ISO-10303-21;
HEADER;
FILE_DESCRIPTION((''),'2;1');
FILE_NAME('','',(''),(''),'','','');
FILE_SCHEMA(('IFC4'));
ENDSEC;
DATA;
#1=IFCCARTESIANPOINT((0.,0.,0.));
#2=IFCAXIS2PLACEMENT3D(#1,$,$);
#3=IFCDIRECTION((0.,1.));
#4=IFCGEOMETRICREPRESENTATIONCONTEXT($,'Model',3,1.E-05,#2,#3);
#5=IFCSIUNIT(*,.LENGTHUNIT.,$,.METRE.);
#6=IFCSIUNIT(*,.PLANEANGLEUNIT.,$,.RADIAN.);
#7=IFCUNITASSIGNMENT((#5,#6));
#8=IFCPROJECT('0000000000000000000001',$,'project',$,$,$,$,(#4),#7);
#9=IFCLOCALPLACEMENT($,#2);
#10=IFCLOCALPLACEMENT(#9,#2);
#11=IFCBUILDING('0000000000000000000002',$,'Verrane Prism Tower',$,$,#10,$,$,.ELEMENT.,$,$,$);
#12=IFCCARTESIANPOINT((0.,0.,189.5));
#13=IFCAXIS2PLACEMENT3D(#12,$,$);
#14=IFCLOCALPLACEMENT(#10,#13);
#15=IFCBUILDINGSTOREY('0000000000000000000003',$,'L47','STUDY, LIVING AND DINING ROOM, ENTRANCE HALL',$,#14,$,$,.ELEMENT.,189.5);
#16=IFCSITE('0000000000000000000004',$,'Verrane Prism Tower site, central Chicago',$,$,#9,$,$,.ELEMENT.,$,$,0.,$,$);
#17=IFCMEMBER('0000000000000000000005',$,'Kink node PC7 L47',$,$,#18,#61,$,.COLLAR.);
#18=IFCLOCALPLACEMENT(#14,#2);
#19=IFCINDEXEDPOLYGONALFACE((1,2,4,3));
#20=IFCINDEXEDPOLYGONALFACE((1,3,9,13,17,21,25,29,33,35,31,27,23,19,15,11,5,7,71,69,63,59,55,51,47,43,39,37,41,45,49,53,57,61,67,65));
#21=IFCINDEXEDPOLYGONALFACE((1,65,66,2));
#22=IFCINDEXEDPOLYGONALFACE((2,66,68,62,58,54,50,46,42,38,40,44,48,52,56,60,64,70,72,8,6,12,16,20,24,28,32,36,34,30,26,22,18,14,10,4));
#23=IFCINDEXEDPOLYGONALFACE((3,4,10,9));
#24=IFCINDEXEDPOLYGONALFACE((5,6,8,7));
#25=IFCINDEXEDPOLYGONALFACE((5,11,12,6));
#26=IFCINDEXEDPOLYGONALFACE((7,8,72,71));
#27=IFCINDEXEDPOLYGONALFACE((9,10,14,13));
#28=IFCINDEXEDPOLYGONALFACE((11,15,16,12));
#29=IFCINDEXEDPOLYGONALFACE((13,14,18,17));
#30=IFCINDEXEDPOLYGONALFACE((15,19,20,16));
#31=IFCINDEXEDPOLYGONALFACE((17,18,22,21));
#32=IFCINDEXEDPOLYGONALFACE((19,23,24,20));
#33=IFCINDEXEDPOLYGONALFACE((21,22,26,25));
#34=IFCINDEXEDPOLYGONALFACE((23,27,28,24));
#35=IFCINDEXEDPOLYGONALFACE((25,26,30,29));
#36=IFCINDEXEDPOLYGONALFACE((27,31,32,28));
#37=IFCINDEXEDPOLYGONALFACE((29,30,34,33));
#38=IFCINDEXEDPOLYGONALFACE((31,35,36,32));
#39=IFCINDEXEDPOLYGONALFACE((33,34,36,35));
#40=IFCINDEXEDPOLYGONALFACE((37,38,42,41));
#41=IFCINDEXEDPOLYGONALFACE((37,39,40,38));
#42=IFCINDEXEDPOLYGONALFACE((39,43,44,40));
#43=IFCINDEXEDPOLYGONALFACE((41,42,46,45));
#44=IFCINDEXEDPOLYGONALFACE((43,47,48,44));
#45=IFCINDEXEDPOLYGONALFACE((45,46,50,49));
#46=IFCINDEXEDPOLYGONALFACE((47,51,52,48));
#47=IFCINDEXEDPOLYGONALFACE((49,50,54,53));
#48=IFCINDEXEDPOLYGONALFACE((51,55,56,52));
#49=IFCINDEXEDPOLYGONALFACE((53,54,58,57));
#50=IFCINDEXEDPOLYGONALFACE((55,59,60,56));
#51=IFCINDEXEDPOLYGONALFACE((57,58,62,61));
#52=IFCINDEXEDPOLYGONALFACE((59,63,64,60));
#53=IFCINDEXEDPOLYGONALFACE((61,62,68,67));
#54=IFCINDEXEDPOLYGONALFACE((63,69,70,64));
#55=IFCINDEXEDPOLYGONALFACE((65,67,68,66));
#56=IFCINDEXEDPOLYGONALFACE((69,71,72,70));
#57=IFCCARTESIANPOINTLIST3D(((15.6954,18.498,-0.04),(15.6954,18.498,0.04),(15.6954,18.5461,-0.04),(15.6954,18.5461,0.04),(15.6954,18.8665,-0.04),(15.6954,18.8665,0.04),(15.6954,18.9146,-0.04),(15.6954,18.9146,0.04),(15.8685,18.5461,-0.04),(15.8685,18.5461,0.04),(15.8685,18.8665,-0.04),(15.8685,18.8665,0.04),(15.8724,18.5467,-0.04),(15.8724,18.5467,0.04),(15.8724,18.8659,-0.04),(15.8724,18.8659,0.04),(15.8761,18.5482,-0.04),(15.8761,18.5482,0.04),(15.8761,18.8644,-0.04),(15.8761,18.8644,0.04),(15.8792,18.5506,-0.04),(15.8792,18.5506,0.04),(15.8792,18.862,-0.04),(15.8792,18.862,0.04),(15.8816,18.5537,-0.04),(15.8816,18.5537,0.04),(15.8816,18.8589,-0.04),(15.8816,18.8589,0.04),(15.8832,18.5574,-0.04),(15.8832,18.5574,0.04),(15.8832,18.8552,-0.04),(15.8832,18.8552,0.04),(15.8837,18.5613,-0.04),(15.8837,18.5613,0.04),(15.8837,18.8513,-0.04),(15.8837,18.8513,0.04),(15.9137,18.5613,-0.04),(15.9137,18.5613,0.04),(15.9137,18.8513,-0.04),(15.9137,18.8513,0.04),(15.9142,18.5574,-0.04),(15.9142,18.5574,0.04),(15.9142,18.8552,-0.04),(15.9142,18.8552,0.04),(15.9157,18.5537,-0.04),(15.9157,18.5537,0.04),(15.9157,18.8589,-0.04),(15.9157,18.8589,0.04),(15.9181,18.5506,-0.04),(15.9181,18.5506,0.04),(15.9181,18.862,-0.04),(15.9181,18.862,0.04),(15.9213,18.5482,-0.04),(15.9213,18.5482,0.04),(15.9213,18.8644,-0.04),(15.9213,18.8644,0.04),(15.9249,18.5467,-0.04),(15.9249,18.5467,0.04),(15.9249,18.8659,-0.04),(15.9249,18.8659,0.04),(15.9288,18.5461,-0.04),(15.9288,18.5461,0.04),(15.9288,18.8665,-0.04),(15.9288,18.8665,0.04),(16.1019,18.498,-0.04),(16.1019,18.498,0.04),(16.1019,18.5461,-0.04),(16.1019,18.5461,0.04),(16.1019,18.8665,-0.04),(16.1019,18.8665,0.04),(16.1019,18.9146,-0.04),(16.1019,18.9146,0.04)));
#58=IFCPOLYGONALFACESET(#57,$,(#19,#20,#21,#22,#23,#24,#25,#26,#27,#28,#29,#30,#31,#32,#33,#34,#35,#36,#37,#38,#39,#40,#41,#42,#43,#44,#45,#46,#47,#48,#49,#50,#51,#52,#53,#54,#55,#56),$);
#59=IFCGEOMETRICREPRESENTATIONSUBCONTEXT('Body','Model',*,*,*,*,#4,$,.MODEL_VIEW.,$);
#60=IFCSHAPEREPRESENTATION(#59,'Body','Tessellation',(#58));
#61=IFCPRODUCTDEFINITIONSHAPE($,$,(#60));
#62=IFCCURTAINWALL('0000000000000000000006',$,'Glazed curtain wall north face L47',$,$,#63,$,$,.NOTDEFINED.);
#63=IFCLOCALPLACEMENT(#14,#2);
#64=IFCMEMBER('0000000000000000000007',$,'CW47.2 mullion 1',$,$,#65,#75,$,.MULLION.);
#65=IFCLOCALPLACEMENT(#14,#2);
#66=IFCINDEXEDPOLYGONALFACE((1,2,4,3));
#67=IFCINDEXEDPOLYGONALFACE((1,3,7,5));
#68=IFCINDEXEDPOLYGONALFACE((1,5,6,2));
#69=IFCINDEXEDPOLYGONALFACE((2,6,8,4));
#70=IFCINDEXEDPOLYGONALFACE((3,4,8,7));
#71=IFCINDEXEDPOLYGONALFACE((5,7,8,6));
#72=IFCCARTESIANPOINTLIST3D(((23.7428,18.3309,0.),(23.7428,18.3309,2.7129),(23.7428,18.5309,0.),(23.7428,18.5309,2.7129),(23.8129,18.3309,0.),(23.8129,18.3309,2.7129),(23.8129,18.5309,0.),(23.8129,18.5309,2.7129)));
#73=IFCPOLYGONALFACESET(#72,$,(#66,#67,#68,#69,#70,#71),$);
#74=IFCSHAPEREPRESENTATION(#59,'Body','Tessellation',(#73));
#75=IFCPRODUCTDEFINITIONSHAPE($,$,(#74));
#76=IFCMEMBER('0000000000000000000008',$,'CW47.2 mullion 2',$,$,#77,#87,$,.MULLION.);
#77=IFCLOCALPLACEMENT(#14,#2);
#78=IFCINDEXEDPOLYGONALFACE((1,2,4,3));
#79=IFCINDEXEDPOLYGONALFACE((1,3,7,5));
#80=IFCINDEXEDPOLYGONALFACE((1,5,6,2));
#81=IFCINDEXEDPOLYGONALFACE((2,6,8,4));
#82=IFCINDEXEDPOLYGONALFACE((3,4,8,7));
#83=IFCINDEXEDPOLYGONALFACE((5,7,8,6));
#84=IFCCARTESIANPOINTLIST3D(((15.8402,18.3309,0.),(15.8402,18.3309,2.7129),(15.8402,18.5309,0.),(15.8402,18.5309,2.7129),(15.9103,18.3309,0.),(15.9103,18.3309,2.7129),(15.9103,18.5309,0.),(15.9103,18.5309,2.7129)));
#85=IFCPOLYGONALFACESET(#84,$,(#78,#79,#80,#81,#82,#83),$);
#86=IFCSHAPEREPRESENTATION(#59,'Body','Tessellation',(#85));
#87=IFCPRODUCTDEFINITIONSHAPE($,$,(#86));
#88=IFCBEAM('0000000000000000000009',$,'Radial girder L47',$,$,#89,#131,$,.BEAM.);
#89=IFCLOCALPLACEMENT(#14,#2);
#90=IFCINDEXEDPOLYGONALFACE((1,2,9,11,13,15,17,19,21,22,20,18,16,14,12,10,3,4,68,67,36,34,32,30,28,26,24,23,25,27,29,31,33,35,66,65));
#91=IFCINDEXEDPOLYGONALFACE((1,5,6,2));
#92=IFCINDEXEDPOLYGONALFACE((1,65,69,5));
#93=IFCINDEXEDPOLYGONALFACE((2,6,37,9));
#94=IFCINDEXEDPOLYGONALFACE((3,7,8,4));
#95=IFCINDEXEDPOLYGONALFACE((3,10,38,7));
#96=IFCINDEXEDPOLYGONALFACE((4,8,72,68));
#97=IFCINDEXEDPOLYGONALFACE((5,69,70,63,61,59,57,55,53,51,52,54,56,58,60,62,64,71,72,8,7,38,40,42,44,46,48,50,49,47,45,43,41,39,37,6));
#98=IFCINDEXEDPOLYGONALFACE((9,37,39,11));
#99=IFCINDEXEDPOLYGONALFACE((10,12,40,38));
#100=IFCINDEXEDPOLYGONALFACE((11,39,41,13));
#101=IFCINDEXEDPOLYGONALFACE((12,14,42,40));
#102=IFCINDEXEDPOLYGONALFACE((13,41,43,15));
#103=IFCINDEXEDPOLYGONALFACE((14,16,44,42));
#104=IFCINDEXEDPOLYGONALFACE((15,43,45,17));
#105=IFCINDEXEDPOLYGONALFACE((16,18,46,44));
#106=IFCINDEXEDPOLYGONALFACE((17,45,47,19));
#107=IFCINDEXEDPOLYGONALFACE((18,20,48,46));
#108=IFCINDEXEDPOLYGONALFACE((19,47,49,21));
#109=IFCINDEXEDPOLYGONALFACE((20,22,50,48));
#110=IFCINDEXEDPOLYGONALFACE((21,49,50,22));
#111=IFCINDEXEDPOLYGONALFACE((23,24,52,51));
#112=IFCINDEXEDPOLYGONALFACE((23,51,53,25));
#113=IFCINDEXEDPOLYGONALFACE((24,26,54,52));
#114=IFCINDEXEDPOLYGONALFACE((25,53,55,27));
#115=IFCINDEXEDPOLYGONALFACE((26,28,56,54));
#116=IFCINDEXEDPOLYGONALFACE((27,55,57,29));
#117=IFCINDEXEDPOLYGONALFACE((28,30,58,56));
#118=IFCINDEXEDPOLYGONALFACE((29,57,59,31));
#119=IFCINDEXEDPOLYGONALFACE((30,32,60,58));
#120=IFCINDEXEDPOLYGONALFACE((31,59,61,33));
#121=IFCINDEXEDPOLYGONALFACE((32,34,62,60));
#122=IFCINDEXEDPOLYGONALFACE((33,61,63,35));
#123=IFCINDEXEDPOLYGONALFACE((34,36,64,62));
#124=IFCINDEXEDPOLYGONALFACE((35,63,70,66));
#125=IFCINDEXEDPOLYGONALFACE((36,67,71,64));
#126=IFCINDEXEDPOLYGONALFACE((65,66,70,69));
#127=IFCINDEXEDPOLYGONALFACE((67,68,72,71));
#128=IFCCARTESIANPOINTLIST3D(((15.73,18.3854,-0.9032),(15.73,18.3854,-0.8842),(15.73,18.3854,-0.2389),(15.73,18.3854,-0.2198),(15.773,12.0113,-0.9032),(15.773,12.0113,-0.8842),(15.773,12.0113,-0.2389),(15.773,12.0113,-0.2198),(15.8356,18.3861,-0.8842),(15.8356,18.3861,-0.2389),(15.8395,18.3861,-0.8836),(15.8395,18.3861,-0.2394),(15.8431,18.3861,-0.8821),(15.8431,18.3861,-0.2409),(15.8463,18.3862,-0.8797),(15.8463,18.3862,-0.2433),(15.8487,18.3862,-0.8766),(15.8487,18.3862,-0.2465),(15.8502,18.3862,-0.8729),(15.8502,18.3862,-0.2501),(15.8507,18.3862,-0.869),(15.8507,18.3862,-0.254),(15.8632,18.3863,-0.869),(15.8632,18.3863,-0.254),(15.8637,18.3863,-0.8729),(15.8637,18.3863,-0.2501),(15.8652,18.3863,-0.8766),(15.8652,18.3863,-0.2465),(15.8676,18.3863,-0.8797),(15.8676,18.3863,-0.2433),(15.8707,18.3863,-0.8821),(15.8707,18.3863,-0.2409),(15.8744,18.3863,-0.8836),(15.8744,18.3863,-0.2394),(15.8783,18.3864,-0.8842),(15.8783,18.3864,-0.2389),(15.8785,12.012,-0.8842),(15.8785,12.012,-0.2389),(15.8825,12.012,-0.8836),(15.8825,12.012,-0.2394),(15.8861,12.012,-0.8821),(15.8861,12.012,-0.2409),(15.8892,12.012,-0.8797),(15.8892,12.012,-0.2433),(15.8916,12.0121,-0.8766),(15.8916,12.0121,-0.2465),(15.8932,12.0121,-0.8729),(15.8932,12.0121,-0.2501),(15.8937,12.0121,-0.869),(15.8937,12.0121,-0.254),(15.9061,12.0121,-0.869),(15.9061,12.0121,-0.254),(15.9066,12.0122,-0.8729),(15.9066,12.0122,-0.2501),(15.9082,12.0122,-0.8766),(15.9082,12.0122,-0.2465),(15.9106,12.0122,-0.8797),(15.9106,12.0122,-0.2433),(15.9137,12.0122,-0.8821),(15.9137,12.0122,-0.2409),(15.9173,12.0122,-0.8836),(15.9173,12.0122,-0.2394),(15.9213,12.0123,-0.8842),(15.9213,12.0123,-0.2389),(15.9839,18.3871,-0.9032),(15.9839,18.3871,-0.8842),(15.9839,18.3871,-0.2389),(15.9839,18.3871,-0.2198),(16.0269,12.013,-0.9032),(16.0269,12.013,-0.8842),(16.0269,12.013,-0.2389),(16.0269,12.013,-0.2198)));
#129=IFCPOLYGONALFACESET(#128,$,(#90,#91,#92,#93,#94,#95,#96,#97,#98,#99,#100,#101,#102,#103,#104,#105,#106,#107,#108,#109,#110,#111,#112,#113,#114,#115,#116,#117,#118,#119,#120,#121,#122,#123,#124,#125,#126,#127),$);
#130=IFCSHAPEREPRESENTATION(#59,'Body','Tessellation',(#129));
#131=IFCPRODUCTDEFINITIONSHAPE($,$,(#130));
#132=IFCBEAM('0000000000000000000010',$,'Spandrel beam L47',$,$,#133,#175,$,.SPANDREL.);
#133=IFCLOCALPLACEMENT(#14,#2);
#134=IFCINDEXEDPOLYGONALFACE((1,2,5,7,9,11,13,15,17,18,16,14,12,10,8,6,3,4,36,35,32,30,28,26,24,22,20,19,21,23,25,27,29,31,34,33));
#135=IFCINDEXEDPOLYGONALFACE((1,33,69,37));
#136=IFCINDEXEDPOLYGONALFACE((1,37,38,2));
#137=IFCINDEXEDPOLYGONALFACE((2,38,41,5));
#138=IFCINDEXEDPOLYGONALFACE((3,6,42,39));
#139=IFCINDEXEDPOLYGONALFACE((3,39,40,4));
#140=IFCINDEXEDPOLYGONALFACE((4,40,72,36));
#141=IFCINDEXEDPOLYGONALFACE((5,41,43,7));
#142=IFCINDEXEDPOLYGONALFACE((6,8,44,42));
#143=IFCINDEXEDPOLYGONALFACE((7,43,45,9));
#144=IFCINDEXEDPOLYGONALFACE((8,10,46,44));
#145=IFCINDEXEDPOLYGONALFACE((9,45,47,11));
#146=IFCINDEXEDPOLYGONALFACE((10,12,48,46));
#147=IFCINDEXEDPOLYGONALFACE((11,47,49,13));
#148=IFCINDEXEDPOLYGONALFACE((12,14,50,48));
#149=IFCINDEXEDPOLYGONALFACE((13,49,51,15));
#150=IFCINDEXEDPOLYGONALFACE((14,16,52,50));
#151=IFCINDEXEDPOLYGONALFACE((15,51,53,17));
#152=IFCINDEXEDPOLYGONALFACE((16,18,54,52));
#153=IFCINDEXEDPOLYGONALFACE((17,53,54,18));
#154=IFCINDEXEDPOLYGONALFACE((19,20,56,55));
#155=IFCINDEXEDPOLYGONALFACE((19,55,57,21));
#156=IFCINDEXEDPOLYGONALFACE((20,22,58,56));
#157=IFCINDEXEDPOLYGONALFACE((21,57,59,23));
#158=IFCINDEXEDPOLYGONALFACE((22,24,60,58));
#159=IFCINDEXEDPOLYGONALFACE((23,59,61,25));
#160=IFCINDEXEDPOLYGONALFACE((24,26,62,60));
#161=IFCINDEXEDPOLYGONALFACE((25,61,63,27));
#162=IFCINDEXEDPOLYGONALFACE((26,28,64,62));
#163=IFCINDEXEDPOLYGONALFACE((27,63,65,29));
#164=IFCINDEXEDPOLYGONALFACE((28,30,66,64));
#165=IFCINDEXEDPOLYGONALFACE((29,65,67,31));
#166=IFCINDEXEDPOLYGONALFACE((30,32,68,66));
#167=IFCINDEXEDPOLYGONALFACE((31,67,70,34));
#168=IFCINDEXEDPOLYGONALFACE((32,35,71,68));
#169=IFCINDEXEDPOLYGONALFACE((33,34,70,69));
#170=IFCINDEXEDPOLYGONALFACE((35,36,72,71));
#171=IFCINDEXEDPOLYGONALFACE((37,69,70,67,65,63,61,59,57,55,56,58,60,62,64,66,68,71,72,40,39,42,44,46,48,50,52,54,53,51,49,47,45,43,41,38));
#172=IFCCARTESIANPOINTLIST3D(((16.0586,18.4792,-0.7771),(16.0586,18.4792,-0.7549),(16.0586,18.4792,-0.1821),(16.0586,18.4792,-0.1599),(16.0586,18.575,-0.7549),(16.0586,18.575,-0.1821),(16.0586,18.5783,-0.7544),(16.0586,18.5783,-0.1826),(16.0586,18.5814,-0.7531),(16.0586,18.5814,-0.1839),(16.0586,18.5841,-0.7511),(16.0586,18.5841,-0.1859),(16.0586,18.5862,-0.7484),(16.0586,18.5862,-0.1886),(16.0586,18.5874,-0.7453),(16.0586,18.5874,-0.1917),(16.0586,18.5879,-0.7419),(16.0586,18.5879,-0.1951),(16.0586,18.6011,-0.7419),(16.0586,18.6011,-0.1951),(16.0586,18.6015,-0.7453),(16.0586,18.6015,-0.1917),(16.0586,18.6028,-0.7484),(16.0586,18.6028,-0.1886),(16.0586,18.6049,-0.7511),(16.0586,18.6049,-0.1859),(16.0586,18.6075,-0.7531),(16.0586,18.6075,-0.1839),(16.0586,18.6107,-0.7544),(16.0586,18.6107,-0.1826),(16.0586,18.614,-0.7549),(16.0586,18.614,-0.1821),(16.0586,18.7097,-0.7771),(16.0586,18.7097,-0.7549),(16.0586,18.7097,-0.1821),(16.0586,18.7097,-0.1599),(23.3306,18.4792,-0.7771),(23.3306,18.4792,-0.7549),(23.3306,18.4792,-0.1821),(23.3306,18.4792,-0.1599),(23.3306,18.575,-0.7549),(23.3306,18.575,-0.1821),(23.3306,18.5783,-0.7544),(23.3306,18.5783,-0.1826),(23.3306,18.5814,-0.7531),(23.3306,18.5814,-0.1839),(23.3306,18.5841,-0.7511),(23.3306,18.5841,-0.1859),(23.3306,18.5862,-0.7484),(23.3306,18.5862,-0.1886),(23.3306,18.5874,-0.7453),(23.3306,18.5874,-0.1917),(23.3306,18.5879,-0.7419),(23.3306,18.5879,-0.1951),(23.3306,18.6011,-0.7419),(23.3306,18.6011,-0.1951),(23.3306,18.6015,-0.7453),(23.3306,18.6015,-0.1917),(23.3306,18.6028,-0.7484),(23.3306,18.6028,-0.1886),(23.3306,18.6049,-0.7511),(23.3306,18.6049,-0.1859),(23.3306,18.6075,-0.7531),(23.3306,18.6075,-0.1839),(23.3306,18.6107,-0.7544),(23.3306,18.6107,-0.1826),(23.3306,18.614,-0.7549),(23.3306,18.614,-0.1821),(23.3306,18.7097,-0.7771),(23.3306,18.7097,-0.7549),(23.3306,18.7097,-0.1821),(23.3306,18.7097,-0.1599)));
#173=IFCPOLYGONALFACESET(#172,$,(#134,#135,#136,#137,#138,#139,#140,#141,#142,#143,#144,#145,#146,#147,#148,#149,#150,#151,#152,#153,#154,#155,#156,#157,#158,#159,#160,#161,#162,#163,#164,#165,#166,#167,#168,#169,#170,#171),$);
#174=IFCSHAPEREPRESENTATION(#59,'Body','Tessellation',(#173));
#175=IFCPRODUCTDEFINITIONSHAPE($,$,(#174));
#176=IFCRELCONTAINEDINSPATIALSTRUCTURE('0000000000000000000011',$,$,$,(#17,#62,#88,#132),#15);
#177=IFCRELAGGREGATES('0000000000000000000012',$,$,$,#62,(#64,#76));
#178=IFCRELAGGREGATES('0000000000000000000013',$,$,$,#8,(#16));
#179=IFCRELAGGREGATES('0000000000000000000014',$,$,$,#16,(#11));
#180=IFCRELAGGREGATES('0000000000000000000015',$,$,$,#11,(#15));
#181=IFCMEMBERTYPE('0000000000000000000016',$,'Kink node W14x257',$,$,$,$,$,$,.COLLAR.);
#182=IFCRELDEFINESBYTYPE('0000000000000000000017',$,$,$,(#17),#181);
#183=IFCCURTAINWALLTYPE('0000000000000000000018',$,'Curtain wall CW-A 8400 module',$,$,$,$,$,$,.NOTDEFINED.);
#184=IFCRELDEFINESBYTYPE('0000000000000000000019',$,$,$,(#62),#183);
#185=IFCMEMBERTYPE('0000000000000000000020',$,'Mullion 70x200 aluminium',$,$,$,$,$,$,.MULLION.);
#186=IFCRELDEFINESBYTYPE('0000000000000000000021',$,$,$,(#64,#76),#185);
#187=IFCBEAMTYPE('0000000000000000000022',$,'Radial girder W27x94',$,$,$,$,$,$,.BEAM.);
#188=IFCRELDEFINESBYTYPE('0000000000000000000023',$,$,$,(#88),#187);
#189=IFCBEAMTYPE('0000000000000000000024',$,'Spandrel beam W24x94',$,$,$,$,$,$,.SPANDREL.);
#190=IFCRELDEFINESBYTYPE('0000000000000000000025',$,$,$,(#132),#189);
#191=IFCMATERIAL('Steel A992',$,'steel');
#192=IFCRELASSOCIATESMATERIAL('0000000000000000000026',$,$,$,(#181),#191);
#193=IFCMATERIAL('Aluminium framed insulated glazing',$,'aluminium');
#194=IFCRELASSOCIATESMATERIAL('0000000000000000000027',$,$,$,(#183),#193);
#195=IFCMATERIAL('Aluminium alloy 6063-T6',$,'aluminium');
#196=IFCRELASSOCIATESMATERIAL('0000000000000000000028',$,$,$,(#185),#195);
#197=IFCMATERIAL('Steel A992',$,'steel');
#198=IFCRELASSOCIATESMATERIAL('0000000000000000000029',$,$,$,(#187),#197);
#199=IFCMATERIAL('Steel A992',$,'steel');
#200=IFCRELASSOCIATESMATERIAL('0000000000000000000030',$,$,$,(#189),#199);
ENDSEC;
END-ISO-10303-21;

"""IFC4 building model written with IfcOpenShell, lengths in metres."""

from ifc_helpers import new_model, si_unit, direction, frame, origin, origin_2d, place, context, subcontext, project, spatial, rectangle, i_section, extrude, material, material_profile, profile_set, type_object, element, aggregate, save


model = new_model("IFC4")

# Units and contexts
model_context = context("Model", 3, precision=1e-05, world=origin(), true_north=direction((0.0, 1.0)))
body_context = subcontext(model_context, "Body", "Model", "MODEL_VIEW")
ifc_project = project(units=[si_unit("LENGTHUNIT", "METRE"), si_unit("PLANEANGLEUNIT", "RADIAN")], contexts=[model_context])

# Site, building, storey
site_placement = place(None, origin())
site = spatial("IfcSite", under=ifc_project, at=site_placement, Name="Verrane Prism Tower site, central Chicago", CompositionType="ELEMENT", RefElevation=0.0)
building_placement = place(site_placement, origin())
building = spatial("IfcBuilding", under=site, at=building_placement, Name="Verrane Prism Tower", CompositionType="ELEMENT")
storey_placement = place(building_placement, frame((0.0, 0.0, 189.5)))
storey = spatial("IfcBuildingStorey", under=building, at=storey_placement, Name="L47", Description="STUDY, LIVING AND DINING ROOM, ENTRANCE HALL", CompositionType="ELEMENT", Elevation=189.5)

# Member
ifc_material_1 = material(Name="Steel A992", Category="steel")
ifc_material_profile_1 = material_profile(ifc_material_1, i_section(OverallWidth=0.4065, OverallDepth=0.4165, WebThickness=0.03, FlangeThickness=0.0481, FilletRadius=0.0151, at=origin_2d()), Name="W14x257")
ifc_profile_set_1 = profile_set([ifc_material_profile_1], Name="Steel A992")
member_type_1 = type_object("IfcMemberType", Name="Kink node W14x257", PredefinedType="COLLAR", material=ifc_profile_set_1)
member_1_placement = place(storey_placement, frame((15.8987, 18.7063, -0.04), z_axis=(0.0, 0.0, 1.0), x_axis=(1.0, 0.0, 0.0)))
element("IfcMember", 1, at=member_1_placement, inside=storey, type_object=member_type_1, Name="Kink node PC7 L47", PredefinedType="COLLAR", context=body_context, shape_type="SweptSolid", body=[
    extrude(i_section(OverallWidth=0.4065, OverallDepth=0.4165, WebThickness=0.03, FlangeThickness=0.0481, FilletRadius=0.0151, at=origin_2d()), origin(), (0.0, 0.0, 1.0), 0.0801),
])

# Curtain wall, members
ifc_material_2 = material(Name="Aluminium framed insulated glazing", Category="aluminium")
curtain_wall_type = type_object("IfcCurtainWallType", Name="Curtain wall CW-A 8400 module", PredefinedType="NOTDEFINED", material=ifc_material_2)
curtain_wall_1_placement = place(storey_placement, origin())
curtain_wall_1 = element("IfcCurtainWall", 2, at=curtain_wall_1_placement, inside=storey, type_object=curtain_wall_type, Name="Glazed curtain wall north face L47", PredefinedType="NOTDEFINED")
ifc_material_3 = material(Name="Aluminium alloy 6063-T6", Category="aluminium")
ifc_material_profile_2 = material_profile(ifc_material_3, rectangle(XDim=0.2, YDim=0.0701, at=origin_2d()), Name="Mullion 70x200 aluminium")
ifc_profile_set_2 = profile_set([ifc_material_profile_2], Name="Aluminium alloy 6063-T6")
member_type_2 = type_object("IfcMemberType", Name="Mullion 70x200 aluminium", PredefinedType="MULLION", material=ifc_profile_set_2)
member_2_placement = place(storey_placement, frame((23.7778, 18.4309, 0.0), z_axis=(0.0, 0.0, 1.0), x_axis=(0.0, -1.0, 0.0)))
member_2 = element("IfcMember", 3, at=member_2_placement, type_object=member_type_2, Name="CW47.2 mullion 1", PredefinedType="MULLION", context=body_context, shape_type="SweptSolid", body=[
    extrude(rectangle(XDim=0.2, YDim=0.0701, at=origin_2d()), origin(), (0.0, 0.0, 1.0), 2.7129),
])
member_3_placement = place(storey_placement, frame((15.8752, 18.4309, 0.0), z_axis=(0.0, 0.0, 1.0), x_axis=(0.0, -1.0, 0.0)))
member_3 = element("IfcMember", 4, at=member_3_placement, type_object=member_type_2, Name="CW47.2 mullion 2", PredefinedType="MULLION", context=body_context, shape_type="SweptSolid", body=[
    extrude(rectangle(XDim=0.2, YDim=0.0701, at=origin_2d()), origin(), (0.0, 0.0, 1.0), 2.7129),
])

# Beams
ifc_material_4 = material(Name="Steel A992", Category="steel")
ifc_material_profile_3 = material_profile(ifc_material_4, i_section(OverallWidth=0.2539, OverallDepth=0.6833, WebThickness=0.0125, FlangeThickness=0.019, FilletRadius=0.0151, at=origin_2d()), Name="W27x94")
ifc_profile_set_3 = profile_set([ifc_material_profile_3], Name="Steel A992")
beam_type_1 = type_object("IfcBeamType", Name="Radial girder W27x94", PredefinedType="BEAM", material=ifc_profile_set_3)
beam_1_placement = place(storey_placement, frame((15.8569, 18.3862, -0.5615), z_axis=(0.006741, -0.999977, 0.0), x_axis=(0.999977, 0.006741, 0.0)))
element("IfcBeam", 5, at=beam_1_placement, inside=storey, type_object=beam_type_1, Name="Radial girder L47", PredefinedType="BEAM", context=body_context, shape_type="SweptSolid", body=[
    extrude(i_section(OverallWidth=0.2539, OverallDepth=0.6833, WebThickness=0.0125, FlangeThickness=0.019, FilletRadius=0.0151, at=origin_2d()), origin(), (0.0, 0.0, 1.0), 6.3743),
])
ifc_material_5 = material(Name="Steel A992", Category="steel")
ifc_material_profile_4 = material_profile(ifc_material_5, i_section(OverallWidth=0.2305, OverallDepth=0.6172, WebThickness=0.0132, FlangeThickness=0.0222, FilletRadius=0.0129, at=origin_2d()), Name="W24x94")
ifc_profile_set_4 = profile_set([ifc_material_profile_4], Name="Steel A992")
beam_type_2 = type_object("IfcBeamType", Name="Spandrel beam W24x94", PredefinedType="SPANDREL", material=ifc_profile_set_4)
beam_2_placement = place(storey_placement, frame((23.3306, 18.5945, -0.4685), z_axis=(-1.0, 0.0, 0.0), x_axis=(0.0, -1.0, 0.0)))
element("IfcBeam", 6, at=beam_2_placement, inside=storey, type_object=beam_type_2, Name="Spandrel beam L47", PredefinedType="SPANDREL", context=body_context, shape_type="SweptSolid", body=[
    extrude(i_section(OverallWidth=0.2305, OverallDepth=0.6172, WebThickness=0.0132, FlangeThickness=0.0222, FilletRadius=0.0129, at=origin_2d()), origin(), (0.0, 0.0, 1.0), 7.272),
])

aggregate(curtain_wall_1, [member_2, member_3])

save(model, "model.ifc")
